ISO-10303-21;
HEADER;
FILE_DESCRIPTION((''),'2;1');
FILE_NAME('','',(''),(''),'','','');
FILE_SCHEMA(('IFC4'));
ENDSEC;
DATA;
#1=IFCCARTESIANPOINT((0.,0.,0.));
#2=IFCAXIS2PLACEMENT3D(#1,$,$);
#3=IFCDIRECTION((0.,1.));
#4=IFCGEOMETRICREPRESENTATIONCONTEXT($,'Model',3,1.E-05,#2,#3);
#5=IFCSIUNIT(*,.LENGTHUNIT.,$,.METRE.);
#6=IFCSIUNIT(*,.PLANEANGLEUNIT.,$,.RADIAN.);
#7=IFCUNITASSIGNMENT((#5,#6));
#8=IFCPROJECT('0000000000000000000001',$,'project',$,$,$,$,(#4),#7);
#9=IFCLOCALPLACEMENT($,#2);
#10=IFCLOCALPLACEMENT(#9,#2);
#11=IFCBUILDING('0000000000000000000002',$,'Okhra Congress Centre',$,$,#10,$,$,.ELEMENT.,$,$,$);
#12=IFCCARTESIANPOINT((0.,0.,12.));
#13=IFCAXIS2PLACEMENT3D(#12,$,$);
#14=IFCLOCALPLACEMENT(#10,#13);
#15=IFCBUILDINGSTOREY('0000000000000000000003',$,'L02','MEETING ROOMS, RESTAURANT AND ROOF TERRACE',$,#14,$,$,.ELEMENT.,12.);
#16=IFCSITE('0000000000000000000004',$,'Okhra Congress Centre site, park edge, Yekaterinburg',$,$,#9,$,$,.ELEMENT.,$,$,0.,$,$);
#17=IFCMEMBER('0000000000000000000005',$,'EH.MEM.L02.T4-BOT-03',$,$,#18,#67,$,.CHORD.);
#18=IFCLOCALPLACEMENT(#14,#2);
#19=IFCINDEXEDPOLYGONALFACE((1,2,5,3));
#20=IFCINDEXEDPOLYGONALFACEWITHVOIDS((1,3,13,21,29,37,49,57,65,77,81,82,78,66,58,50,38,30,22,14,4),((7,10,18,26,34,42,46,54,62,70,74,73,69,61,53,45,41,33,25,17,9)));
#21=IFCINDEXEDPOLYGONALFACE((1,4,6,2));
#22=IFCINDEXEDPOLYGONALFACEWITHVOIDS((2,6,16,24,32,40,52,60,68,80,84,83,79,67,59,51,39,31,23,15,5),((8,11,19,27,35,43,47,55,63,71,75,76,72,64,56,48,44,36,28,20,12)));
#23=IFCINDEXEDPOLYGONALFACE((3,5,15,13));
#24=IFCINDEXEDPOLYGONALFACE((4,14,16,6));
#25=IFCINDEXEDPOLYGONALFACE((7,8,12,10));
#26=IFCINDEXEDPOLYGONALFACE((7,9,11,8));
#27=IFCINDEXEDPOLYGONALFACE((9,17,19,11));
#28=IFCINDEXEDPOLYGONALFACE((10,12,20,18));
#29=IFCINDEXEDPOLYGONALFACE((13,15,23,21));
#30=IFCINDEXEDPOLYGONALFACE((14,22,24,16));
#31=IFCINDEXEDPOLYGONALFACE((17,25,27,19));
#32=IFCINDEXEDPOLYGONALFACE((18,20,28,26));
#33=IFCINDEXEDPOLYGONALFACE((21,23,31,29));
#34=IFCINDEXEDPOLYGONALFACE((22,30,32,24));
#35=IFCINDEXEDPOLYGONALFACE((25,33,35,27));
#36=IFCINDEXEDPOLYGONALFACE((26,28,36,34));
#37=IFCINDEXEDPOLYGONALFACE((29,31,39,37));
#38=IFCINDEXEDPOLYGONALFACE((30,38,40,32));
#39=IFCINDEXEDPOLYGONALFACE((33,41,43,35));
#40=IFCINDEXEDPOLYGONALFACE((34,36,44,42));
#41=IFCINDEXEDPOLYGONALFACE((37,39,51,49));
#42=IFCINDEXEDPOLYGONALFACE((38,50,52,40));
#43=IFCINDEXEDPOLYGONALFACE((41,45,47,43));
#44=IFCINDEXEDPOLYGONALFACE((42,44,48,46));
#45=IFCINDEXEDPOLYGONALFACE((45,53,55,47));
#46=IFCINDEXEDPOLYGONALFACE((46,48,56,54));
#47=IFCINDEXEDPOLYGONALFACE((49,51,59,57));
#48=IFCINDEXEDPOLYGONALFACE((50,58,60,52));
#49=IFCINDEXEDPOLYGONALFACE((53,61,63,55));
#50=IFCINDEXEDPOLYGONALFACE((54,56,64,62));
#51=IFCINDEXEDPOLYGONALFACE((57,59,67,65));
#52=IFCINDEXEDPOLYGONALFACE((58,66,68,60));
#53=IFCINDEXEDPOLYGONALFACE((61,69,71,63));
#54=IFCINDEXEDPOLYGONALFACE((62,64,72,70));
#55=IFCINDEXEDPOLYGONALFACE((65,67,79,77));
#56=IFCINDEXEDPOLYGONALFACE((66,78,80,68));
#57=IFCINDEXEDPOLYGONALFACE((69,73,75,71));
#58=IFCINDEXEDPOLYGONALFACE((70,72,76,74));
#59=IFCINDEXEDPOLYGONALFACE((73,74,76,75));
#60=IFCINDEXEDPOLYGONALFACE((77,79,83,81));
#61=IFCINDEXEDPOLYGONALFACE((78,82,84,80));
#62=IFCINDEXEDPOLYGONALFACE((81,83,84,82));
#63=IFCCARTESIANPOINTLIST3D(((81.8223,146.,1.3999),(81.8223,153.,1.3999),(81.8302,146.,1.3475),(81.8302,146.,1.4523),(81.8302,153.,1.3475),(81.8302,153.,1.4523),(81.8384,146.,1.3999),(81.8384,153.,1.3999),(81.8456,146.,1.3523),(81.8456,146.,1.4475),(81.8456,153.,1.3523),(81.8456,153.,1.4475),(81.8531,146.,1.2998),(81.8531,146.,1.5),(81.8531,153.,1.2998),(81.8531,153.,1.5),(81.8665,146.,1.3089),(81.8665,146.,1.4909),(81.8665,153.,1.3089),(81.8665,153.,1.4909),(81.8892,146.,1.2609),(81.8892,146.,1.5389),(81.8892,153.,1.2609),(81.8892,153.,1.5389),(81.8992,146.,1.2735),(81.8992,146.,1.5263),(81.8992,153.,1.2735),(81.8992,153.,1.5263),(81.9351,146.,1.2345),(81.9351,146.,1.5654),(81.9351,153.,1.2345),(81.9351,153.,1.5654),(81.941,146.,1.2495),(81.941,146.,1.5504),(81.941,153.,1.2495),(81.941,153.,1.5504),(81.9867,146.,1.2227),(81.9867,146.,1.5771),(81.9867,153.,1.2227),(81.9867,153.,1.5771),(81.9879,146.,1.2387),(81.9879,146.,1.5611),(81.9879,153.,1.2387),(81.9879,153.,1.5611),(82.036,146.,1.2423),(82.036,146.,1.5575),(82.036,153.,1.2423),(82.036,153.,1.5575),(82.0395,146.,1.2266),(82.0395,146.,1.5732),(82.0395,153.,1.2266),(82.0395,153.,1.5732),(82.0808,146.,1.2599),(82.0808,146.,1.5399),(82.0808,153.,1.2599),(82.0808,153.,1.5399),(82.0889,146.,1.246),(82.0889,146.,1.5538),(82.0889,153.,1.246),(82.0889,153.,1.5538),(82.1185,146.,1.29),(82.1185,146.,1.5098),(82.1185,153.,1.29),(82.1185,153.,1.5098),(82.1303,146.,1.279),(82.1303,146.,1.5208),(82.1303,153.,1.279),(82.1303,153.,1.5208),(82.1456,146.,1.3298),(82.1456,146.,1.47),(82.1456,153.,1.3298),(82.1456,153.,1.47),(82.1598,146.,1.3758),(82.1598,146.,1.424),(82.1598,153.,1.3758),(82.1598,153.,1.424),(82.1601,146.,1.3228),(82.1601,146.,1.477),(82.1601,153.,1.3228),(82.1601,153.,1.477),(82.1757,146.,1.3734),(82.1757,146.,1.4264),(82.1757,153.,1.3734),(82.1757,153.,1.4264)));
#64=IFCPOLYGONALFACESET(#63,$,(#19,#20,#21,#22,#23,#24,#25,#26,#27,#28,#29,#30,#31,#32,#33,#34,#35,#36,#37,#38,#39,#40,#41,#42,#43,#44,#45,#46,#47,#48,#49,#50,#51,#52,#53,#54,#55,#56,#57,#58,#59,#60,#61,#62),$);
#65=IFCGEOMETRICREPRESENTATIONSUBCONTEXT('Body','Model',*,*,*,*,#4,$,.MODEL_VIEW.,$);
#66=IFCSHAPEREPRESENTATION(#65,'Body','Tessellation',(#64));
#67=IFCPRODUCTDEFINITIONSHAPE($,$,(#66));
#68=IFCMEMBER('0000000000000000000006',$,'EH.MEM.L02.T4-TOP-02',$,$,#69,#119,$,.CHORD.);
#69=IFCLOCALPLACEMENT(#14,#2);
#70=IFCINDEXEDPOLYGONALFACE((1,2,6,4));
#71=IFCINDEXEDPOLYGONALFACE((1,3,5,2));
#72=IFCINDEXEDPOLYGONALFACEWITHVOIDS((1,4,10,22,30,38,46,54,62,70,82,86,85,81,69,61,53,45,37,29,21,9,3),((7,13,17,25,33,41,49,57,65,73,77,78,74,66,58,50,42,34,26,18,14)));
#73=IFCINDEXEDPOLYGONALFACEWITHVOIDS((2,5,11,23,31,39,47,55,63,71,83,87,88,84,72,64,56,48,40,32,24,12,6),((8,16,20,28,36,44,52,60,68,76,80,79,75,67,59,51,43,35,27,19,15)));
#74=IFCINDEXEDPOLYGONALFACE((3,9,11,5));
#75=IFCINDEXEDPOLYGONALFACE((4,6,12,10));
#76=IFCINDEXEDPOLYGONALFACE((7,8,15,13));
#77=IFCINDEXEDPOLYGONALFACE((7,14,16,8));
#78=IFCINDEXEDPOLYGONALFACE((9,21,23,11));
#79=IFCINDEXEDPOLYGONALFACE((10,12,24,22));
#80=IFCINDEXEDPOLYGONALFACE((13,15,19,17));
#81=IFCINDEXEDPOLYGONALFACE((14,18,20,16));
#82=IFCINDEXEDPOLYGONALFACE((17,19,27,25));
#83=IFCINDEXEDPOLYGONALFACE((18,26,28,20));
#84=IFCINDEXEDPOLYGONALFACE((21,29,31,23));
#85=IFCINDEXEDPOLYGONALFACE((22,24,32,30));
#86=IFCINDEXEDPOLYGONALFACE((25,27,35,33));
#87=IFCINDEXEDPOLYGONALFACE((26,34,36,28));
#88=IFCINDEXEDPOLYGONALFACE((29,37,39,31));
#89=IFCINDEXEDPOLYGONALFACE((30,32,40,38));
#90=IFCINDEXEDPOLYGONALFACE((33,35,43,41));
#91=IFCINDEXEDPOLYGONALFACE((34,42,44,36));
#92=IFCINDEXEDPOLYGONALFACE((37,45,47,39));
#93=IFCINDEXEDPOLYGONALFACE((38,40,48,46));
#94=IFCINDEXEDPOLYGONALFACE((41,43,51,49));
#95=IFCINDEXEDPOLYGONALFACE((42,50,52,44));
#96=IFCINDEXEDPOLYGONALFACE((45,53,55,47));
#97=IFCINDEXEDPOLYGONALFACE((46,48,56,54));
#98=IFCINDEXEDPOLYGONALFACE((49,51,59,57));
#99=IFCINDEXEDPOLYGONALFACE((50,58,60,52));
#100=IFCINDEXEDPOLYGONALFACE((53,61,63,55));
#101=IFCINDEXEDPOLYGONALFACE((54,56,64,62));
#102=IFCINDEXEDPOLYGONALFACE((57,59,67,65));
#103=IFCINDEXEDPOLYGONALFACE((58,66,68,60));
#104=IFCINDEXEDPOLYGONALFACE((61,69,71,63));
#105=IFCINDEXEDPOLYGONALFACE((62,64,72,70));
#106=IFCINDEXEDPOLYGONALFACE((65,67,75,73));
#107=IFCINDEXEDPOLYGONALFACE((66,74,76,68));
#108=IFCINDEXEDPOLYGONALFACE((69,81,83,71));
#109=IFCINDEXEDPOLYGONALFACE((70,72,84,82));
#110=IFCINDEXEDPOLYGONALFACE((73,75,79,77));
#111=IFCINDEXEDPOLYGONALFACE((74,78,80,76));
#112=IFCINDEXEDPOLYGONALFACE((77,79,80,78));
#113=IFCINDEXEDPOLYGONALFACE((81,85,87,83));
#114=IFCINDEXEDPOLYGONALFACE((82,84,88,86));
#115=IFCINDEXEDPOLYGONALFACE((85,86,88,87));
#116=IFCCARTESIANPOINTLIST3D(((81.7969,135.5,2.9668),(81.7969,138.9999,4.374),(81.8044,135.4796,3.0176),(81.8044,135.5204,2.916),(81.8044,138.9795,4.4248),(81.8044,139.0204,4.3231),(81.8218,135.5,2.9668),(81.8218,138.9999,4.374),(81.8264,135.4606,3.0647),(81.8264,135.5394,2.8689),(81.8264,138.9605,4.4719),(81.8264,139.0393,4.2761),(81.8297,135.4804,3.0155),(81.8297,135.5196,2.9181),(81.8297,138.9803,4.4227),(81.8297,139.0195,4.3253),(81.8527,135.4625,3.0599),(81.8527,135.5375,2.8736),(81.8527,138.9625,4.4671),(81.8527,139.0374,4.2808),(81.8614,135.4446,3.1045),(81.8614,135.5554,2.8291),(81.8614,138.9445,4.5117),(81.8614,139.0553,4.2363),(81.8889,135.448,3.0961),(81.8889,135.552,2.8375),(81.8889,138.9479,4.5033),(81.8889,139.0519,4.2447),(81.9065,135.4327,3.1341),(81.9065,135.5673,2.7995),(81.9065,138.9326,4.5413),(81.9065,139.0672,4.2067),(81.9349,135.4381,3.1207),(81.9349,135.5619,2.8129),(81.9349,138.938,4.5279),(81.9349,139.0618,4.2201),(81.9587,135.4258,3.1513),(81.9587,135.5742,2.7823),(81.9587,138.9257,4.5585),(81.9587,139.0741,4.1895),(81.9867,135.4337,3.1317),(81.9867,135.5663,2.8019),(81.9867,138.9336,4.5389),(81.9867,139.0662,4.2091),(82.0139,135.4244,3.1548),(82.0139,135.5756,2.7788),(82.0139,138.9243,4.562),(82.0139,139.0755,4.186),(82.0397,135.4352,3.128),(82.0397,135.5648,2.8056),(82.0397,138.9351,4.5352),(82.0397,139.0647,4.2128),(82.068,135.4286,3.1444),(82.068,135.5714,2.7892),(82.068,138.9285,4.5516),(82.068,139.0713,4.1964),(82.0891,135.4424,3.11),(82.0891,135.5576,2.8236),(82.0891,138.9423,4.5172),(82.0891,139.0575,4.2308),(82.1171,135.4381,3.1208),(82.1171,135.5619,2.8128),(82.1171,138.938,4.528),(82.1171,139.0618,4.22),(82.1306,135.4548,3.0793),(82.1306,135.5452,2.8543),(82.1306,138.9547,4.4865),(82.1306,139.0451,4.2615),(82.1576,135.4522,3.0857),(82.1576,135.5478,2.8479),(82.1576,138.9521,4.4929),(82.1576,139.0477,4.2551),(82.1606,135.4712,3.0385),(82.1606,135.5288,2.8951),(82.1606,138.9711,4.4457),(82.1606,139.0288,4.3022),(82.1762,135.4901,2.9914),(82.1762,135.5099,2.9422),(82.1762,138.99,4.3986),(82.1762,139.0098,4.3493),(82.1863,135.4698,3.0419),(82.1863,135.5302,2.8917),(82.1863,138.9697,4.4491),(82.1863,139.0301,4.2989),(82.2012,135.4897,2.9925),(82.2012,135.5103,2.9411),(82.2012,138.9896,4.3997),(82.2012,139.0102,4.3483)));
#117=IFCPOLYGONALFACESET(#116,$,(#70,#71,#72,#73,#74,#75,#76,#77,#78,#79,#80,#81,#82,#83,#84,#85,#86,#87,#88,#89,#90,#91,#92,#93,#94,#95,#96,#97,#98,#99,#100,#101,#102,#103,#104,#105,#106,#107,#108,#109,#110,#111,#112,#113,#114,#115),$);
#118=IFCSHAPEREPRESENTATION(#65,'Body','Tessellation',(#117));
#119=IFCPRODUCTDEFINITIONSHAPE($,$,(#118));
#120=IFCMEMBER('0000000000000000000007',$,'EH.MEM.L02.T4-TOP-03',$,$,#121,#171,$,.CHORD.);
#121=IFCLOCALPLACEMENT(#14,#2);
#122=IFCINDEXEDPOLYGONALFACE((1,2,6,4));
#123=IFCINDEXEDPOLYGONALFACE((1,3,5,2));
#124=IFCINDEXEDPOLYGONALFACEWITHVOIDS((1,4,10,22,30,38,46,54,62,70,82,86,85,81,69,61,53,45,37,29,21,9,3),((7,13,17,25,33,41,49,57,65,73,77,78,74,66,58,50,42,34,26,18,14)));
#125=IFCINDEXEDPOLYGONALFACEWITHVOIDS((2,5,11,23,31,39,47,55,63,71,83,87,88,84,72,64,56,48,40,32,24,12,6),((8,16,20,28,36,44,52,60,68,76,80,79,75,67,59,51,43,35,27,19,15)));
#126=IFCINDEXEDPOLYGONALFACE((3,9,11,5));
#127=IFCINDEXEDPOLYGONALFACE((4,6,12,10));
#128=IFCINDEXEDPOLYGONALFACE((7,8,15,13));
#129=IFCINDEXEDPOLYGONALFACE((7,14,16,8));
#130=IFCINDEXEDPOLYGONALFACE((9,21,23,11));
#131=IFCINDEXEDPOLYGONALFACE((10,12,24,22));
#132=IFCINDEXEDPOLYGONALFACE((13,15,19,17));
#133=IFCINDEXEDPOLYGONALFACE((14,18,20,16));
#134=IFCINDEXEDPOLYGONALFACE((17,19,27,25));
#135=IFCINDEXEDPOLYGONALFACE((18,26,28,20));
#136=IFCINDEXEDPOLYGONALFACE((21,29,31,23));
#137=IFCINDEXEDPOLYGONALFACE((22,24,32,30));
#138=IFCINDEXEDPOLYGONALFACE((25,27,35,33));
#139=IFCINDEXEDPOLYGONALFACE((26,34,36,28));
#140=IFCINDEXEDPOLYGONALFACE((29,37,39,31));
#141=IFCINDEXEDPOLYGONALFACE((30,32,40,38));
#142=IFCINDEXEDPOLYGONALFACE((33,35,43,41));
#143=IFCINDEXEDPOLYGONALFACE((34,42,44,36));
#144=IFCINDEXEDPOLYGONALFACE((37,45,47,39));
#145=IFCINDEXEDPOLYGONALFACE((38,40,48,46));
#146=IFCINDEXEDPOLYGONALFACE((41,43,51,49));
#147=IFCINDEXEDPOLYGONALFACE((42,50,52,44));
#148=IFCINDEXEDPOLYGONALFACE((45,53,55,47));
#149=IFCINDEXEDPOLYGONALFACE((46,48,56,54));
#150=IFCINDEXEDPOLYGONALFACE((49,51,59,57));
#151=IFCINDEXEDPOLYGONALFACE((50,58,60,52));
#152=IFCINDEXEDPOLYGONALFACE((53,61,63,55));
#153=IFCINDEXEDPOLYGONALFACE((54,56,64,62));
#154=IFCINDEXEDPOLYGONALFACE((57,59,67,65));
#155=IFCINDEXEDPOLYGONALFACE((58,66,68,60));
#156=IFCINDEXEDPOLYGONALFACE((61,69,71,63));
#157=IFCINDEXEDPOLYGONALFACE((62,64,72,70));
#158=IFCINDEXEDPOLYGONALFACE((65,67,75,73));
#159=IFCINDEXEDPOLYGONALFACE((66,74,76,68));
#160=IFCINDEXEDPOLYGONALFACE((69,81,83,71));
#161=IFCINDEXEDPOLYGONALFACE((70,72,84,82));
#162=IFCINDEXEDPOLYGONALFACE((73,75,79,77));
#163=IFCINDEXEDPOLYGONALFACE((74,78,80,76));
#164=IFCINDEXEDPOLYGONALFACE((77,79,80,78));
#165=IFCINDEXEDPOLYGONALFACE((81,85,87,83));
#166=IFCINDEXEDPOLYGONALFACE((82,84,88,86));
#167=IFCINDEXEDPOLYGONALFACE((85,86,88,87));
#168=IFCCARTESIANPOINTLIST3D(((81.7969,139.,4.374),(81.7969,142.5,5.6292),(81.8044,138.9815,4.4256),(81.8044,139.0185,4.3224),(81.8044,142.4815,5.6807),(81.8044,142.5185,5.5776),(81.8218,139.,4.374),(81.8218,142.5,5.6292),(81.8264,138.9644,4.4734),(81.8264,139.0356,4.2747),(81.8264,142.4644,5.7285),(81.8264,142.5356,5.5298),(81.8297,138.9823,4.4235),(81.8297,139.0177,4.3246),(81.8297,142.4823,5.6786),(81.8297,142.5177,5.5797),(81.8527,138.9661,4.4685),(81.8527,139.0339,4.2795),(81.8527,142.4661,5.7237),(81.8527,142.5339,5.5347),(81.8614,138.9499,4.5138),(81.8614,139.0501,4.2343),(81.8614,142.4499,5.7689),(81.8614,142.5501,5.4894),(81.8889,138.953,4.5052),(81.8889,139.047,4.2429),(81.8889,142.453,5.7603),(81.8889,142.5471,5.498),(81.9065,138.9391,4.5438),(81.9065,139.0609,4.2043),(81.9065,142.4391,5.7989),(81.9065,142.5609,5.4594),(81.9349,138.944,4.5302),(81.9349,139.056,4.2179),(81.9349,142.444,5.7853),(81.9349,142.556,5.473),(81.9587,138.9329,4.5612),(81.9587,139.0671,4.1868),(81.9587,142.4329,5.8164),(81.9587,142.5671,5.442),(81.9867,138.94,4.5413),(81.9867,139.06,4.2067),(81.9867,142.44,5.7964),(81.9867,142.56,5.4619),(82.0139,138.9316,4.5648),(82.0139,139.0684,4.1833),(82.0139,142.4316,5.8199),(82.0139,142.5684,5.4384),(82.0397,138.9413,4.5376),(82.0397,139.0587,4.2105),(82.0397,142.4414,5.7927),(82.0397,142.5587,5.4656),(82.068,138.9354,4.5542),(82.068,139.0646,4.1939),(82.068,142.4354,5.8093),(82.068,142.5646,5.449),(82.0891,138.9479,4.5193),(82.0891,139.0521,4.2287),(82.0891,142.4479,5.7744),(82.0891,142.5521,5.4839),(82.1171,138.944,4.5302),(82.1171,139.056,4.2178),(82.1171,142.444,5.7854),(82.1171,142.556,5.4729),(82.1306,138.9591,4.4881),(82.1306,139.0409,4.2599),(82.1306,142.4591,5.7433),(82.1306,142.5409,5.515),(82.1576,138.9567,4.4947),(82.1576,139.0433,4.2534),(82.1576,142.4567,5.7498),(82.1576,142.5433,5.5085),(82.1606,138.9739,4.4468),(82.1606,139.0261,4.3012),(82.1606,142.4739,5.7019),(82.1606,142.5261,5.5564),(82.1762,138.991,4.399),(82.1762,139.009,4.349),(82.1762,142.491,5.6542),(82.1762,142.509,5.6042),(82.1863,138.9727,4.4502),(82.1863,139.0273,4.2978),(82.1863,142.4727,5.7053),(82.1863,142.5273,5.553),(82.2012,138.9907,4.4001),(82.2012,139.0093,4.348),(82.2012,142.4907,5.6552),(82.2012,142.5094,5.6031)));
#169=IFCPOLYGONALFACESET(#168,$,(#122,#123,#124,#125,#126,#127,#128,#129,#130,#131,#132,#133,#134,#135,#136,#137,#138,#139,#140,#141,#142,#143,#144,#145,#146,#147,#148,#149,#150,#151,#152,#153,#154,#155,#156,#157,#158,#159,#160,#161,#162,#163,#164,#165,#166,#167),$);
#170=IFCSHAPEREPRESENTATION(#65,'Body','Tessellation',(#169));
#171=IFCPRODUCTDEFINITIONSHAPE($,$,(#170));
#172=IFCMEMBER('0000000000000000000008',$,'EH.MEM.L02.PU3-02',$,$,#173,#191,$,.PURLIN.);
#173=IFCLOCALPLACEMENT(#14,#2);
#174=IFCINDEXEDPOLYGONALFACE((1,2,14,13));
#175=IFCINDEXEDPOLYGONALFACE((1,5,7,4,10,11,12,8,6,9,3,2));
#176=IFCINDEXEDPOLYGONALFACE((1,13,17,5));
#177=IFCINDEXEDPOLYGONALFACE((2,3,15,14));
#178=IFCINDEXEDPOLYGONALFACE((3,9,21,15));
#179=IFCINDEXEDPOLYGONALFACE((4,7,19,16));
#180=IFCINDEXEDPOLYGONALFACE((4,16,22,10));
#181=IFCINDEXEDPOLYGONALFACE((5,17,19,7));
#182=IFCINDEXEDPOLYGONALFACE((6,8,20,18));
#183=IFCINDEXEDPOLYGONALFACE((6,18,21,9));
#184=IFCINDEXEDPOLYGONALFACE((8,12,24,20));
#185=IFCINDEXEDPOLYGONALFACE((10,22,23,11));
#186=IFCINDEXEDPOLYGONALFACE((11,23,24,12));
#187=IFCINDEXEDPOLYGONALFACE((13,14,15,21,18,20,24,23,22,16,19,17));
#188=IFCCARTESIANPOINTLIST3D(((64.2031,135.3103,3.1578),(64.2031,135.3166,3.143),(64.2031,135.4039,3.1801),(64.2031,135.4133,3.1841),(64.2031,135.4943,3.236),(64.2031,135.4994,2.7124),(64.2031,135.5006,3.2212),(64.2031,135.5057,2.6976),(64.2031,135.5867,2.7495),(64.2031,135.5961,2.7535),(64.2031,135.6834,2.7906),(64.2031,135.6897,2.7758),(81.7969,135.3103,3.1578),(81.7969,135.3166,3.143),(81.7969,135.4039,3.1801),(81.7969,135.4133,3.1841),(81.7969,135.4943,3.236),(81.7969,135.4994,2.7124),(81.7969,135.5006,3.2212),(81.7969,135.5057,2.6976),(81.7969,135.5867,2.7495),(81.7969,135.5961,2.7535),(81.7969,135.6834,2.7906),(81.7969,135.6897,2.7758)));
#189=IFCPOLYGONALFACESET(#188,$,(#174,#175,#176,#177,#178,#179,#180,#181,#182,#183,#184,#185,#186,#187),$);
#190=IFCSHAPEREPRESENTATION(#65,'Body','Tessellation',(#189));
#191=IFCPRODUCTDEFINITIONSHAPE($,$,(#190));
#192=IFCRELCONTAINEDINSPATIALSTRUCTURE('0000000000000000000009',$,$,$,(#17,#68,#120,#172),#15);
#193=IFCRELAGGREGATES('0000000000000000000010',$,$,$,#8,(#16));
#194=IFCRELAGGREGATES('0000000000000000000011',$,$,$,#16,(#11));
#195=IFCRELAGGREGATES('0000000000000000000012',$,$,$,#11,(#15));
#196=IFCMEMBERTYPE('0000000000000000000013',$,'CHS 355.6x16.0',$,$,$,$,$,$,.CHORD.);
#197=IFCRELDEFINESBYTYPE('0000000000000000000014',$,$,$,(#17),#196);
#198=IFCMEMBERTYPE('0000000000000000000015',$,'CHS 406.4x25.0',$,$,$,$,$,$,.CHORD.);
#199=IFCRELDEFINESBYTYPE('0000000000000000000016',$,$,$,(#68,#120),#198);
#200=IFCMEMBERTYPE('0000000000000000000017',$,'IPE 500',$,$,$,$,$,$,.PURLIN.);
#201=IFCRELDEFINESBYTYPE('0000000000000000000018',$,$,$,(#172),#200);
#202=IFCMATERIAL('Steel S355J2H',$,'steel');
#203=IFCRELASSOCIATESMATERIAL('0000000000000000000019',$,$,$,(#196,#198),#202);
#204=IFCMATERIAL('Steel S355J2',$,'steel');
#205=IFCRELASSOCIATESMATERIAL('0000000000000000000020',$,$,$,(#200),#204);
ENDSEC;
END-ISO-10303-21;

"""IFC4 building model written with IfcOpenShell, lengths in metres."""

from ifc_helpers import new_model, si_unit, direction, frame, origin, origin_2d, place, context, subcontext, project, spatial, hollow_circle, i_section, extrude, material, material_profile, profile_set, type_object, element, save


model = new_model("IFC4")

# Units and contexts
model_context = context("Model", 3, precision=1e-05, world=origin(), true_north=direction((0.0, 1.0)))
body_context = subcontext(model_context, "Body", "Model", "MODEL_VIEW")
ifc_project = project(units=[si_unit("LENGTHUNIT", "METRE"), si_unit("PLANEANGLEUNIT", "RADIAN")], contexts=[model_context])

# Site, building, storey
site_placement = place(None, origin())
site = spatial("IfcSite", under=ifc_project, at=site_placement, Name="Okhra Congress Centre site, park edge, Yekaterinburg", CompositionType="ELEMENT", RefElevation=0.0)
building_placement = place(site_placement, origin())
building = spatial("IfcBuilding", under=site, at=building_placement, Name="Okhra Congress Centre", CompositionType="ELEMENT")
storey_placement = place(building_placement, frame((0.0, 0.0, 12.0)))
storey = spatial("IfcBuildingStorey", under=building, at=storey_placement, Name="L02", Description="MEETING ROOMS, RESTAURANT AND ROOF TERRACE", CompositionType="ELEMENT", Elevation=12.0)

# Shared definitions
ifc_material_1 = material(Name="Steel S355J2", Category="steel")

# Members
ifc_material_2 = material(Name="Steel S355J2H", Category="steel")
ifc_material_profile_1 = material_profile(ifc_material_2, hollow_circle(Radius=0.1777, WallThickness=0.0161, at=origin_2d()), Name="CHS 355.6x16.0")
ifc_profile_set_1 = profile_set([ifc_material_profile_1], Name="Steel S355J2H")
member_type_1 = type_object("IfcMemberType", Name="CHS 355.6x16.0", PredefinedType="CHORD", material=ifc_profile_set_1)
for number, where, z_axis, x_axis, name in (
    (1, (82.0, 146.0, 1.3999), (0.0, 1.0, 0.0), (-1.0, 0.0, 0.0), "EH.MEM.L02.T4-BOT-03"),
):
    element("IfcMember", number, at=place(storey_placement, frame(where, z_axis=z_axis, x_axis=x_axis)), inside=storey, type_object=member_type_1, Name=name, PredefinedType="CHORD", context=body_context, shape_type="SweptSolid", body=[
        extrude(hollow_circle(Radius=0.1777, WallThickness=0.0161, at=origin_2d()), origin(), (0.0, 0.0, 1.0), 7.0),
    ])
ifc_material_profile_2 = material_profile(ifc_material_2, hollow_circle(Radius=0.2031, WallThickness=0.0249, at=origin_2d()), Name="CHS 406.4x25.0")
ifc_profile_set_2 = profile_set([ifc_material_profile_2], Name="Steel S355J2H")
member_type_2 = type_object("IfcMemberType", Name="CHS 406.4x25.0", PredefinedType="CHORD", material=ifc_profile_set_2)
member_1_placement = place(storey_placement, frame((82.0, 135.5, 2.9668), z_axis=(0.0, 0.927815, 0.373042), x_axis=(-1.0, 0.0, 0.0)))
element("IfcMember", 2, at=member_1_placement, inside=storey, type_object=member_type_2, Name="EH.MEM.L02.T4-TOP-02", PredefinedType="CHORD", context=body_context, shape_type="SweptSolid", body=[
    extrude(hollow_circle(Radius=0.2031, WallThickness=0.0249, at=origin_2d()), origin(), (0.0, 0.0, 1.0), 3.7722),
])
member_2_placement = place(storey_placement, frame((82.0, 139.0, 4.374), z_axis=(0.0, 0.941304, 0.337559), x_axis=(-1.0, 0.0, 0.0)))
element("IfcMember", 3, at=member_2_placement, inside=storey, type_object=member_type_2, Name="EH.MEM.L02.T4-TOP-03", PredefinedType="CHORD", context=body_context, shape_type="SweptSolid", body=[
    extrude(hollow_circle(Radius=0.2031, WallThickness=0.0249, at=origin_2d()), origin(), (0.0, 0.0, 1.0), 3.7183),
])
ifc_material_profile_3 = material_profile(ifc_material_1, i_section(OverallWidth=0.2, OverallDepth=0.5, WebThickness=0.0103, FlangeThickness=0.0161, at=origin_2d()), Name="IPE 500")
ifc_profile_set_3 = profile_set([ifc_material_profile_3], Name="Steel S355J2")
member_type_3 = type_object("IfcMemberType", Name="IPE 500", PredefinedType="PURLIN", material=ifc_profile_set_3)
for number, where, z_axis, x_axis, name in (
    (4, (64.2031, 135.5, 2.9668), (1.0, 0.0, 0.0), (0.0, 0.920437, 0.39089), "EH.MEM.L02.PU3-02"),
):
    element("IfcMember", number, at=place(storey_placement, frame(where, z_axis=z_axis, x_axis=x_axis)), inside=storey, type_object=member_type_3, Name=name, PredefinedType="PURLIN", context=body_context, shape_type="SweptSolid", body=[
        extrude(i_section(OverallWidth=0.2, OverallDepth=0.5, WebThickness=0.0103, FlangeThickness=0.0161, at=origin_2d()), origin(), (0.0, 0.0, 1.0), 17.5938),
    ])

save(model, "model.ifc")
